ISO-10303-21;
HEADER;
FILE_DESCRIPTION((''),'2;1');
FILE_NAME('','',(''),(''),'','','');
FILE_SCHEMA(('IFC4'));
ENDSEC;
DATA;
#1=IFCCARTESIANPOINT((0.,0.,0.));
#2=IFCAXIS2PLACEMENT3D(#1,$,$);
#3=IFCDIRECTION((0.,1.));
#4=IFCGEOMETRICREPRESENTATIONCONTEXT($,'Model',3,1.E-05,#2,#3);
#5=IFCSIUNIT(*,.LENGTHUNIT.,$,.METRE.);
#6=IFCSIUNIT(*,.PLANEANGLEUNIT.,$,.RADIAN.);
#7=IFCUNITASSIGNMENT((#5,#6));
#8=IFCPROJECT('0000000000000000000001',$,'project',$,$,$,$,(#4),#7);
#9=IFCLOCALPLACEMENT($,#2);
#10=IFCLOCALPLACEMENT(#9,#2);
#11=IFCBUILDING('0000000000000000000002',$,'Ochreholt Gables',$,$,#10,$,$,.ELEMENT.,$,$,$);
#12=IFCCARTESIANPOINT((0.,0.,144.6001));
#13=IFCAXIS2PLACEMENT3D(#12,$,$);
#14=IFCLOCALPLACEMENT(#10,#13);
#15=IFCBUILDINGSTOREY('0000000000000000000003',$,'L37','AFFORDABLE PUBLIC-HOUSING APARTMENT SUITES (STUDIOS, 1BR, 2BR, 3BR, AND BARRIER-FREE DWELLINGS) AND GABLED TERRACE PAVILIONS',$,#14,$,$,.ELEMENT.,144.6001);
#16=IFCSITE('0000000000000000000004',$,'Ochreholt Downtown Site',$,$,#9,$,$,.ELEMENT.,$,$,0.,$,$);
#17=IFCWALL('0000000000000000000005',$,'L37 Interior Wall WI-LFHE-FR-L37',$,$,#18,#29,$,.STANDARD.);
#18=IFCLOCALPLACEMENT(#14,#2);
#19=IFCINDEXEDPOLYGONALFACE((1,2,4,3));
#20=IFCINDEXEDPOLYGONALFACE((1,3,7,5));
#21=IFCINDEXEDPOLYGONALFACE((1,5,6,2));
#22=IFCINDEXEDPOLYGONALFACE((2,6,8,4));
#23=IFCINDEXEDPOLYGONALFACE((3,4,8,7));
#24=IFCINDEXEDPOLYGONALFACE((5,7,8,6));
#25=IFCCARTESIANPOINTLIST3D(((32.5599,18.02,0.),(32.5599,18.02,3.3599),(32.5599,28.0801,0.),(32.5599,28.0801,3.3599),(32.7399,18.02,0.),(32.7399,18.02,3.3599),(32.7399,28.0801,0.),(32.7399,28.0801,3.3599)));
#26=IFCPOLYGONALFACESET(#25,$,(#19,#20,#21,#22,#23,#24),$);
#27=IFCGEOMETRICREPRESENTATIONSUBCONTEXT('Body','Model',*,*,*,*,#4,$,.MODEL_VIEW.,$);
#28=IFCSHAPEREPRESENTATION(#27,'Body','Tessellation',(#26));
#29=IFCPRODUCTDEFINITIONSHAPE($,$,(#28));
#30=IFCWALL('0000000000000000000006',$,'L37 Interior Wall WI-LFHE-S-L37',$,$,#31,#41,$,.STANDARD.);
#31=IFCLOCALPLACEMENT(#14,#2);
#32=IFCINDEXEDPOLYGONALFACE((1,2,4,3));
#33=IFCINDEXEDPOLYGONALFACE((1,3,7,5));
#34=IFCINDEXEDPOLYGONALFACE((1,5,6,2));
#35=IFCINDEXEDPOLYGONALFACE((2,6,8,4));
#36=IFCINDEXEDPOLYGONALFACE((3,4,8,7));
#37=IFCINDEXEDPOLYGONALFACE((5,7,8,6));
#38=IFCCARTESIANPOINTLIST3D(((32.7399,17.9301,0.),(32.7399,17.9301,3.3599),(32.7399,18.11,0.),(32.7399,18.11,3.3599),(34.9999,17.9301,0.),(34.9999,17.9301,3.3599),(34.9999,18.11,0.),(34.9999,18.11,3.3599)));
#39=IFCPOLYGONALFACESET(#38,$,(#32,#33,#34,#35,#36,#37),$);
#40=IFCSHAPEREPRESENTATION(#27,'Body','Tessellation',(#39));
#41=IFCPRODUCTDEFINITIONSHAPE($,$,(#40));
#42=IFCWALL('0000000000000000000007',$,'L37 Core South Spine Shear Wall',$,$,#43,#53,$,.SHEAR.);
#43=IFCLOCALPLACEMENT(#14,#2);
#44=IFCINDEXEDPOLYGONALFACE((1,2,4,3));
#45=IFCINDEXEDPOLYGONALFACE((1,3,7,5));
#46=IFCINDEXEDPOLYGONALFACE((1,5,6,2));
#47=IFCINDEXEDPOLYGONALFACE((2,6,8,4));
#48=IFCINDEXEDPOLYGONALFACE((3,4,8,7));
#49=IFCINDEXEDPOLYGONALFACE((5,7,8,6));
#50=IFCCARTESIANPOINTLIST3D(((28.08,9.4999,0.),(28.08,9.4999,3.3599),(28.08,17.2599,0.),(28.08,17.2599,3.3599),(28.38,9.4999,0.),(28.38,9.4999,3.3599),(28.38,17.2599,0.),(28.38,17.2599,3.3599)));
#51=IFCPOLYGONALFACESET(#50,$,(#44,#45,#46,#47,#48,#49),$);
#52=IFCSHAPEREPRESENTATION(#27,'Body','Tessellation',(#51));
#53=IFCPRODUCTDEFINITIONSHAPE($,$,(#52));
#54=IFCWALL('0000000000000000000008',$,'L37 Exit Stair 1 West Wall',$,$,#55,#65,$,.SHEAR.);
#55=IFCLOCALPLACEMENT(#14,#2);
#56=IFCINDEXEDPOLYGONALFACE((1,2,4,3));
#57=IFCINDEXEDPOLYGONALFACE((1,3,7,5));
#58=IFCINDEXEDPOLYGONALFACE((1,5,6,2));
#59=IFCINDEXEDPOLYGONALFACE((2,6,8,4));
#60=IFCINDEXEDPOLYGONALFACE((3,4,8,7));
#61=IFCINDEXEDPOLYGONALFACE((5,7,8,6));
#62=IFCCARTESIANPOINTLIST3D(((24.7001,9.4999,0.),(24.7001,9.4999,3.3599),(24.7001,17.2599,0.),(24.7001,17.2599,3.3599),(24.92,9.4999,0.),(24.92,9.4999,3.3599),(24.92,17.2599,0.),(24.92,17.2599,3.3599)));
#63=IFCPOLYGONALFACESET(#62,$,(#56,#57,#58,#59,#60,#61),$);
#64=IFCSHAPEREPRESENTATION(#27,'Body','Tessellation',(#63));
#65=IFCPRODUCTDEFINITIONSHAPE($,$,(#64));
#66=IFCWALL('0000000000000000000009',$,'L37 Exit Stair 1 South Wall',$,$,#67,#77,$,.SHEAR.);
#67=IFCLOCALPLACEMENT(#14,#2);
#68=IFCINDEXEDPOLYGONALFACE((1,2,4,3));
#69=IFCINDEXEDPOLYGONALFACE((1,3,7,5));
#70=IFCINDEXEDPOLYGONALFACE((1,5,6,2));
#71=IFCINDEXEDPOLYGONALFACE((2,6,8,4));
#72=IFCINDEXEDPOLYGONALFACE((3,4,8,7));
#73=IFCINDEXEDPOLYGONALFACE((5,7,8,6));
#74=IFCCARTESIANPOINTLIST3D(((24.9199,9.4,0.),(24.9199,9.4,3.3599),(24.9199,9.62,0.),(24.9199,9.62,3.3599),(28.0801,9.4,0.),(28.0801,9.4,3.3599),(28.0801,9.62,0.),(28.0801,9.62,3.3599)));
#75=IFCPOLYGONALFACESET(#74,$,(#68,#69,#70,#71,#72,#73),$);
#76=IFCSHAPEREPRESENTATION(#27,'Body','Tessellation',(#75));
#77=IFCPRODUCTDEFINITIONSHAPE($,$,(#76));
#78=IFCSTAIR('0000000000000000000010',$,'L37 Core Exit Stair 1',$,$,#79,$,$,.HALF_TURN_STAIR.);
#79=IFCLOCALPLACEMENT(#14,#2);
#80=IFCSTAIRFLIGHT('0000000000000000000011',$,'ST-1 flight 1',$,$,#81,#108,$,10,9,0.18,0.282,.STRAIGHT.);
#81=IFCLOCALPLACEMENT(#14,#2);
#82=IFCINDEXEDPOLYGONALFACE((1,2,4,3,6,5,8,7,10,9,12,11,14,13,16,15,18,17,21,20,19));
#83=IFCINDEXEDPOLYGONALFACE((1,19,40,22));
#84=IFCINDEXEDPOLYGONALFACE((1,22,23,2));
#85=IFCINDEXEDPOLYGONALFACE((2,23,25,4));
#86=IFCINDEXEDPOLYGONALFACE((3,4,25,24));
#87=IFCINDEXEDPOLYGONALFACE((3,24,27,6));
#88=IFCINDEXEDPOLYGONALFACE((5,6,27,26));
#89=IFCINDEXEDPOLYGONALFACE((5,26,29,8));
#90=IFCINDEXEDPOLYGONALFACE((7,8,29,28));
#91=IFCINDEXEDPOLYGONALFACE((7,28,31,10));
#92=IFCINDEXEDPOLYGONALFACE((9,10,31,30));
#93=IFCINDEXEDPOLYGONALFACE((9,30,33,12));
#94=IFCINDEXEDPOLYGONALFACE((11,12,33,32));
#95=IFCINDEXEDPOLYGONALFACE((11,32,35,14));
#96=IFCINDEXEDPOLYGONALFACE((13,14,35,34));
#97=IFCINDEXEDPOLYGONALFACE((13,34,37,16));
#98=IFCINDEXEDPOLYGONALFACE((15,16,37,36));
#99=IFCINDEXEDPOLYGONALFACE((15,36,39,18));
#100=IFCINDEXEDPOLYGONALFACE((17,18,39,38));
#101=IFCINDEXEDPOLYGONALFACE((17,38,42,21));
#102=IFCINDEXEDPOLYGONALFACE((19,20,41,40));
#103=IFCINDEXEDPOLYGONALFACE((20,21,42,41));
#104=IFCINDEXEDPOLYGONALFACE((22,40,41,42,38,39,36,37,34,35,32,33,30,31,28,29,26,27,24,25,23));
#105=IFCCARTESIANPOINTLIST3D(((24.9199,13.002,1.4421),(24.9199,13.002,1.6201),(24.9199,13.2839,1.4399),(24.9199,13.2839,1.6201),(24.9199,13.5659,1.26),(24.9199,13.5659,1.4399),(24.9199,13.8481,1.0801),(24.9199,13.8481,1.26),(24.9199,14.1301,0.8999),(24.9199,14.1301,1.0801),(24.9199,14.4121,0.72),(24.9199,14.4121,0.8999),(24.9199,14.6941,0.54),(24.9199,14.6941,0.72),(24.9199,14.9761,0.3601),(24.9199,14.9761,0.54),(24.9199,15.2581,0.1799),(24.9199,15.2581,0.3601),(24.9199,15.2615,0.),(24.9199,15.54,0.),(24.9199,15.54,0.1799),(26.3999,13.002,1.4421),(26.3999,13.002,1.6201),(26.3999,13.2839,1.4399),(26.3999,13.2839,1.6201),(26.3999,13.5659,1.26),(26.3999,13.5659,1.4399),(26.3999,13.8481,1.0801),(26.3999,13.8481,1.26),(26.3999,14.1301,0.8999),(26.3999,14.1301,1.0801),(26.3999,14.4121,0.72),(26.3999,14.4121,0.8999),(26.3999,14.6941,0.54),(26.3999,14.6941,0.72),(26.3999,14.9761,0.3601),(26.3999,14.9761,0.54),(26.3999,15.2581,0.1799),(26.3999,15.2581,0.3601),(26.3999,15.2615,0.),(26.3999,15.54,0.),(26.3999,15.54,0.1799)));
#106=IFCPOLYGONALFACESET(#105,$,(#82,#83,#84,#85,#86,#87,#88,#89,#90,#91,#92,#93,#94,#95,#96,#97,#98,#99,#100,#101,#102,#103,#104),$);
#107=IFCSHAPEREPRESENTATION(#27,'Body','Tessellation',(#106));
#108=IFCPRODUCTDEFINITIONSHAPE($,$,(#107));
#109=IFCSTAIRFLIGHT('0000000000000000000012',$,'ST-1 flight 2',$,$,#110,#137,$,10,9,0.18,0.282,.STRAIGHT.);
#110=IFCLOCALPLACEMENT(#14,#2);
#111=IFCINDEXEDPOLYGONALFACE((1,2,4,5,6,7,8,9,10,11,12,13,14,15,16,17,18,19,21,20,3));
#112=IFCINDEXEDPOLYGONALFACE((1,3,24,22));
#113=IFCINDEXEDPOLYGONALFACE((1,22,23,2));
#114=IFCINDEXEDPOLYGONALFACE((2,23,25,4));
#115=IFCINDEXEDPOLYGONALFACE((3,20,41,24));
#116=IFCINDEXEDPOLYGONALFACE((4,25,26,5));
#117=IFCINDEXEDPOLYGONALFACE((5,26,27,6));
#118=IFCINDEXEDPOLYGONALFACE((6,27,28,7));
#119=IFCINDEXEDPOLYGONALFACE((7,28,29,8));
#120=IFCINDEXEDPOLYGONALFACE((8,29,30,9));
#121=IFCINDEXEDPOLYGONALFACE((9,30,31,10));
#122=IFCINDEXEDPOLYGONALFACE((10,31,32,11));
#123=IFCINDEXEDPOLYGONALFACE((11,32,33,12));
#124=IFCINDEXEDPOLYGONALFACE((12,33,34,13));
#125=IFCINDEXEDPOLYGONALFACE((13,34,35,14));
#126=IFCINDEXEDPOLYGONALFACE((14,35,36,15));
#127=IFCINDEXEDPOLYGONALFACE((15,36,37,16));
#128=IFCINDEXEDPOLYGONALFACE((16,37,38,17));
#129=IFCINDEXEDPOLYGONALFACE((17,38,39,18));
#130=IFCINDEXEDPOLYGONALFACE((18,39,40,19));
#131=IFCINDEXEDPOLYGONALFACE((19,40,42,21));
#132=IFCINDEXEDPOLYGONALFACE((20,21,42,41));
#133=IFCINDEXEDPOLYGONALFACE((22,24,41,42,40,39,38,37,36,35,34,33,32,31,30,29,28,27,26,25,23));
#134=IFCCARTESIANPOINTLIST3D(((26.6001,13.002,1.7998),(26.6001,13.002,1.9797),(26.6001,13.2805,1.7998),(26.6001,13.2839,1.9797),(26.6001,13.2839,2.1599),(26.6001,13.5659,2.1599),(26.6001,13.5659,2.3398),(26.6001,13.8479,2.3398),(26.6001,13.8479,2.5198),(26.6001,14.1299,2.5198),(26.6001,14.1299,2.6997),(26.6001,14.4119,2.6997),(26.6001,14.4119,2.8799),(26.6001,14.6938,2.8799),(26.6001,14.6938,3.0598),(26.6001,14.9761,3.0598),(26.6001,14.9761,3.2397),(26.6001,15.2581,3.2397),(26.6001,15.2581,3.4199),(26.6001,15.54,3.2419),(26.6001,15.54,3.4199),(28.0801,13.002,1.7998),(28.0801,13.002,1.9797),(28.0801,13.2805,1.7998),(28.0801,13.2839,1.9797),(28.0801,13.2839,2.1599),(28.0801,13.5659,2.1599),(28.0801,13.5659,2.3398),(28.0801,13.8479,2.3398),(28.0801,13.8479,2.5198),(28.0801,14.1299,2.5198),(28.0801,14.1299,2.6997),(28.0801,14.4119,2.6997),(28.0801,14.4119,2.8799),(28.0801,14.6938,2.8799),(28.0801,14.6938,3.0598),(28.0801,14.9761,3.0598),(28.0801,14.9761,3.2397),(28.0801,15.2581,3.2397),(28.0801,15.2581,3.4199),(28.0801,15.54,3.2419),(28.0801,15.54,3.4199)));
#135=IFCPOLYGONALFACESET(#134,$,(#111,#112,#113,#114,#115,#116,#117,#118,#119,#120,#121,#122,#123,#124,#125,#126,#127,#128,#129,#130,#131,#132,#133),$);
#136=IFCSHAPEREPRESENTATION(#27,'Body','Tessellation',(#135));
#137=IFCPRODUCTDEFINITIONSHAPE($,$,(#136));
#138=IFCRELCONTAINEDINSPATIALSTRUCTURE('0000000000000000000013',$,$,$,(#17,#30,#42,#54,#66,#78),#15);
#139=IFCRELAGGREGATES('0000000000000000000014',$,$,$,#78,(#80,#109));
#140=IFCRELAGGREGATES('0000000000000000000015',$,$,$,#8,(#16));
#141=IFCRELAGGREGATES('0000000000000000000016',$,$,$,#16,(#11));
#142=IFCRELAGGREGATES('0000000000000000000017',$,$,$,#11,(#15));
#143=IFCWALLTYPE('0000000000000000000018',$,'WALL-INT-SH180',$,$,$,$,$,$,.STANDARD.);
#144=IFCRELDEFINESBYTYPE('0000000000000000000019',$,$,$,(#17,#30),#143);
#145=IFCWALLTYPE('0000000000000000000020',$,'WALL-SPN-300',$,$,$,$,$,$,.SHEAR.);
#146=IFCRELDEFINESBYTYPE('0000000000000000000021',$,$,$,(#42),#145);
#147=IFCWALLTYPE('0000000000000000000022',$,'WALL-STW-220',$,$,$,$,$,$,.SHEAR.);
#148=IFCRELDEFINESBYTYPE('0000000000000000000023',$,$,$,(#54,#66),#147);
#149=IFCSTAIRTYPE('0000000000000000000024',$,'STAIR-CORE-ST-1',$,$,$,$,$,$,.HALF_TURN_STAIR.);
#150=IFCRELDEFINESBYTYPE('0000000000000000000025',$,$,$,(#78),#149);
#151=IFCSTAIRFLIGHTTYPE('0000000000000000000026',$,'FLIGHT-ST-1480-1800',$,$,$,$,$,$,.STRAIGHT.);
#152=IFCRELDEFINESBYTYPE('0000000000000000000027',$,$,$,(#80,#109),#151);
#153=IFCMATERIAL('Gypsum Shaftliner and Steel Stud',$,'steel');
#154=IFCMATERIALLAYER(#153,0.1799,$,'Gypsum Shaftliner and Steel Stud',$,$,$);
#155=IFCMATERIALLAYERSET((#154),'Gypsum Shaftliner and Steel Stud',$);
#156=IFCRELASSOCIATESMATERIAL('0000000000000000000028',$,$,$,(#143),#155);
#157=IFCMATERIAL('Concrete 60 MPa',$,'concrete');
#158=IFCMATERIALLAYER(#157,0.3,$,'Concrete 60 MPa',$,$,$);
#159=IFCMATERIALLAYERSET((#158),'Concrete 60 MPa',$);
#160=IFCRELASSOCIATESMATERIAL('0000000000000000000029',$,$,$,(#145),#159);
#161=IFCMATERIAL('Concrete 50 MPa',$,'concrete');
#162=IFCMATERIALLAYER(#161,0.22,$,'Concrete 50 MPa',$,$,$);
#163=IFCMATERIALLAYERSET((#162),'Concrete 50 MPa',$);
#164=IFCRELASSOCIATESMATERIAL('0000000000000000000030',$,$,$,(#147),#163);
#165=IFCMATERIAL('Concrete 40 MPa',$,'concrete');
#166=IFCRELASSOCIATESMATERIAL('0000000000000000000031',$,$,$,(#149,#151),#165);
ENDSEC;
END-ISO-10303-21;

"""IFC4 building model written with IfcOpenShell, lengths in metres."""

from ifc_helpers import new_model, si_unit, direction, frame, frame_2d, origin, place, context, subcontext, project, spatial, polyline, rectangle, outline, extrude, material, layer, layer_set, type_object, element, aggregate, save


model = new_model("IFC4")

# Units and contexts
model_context = context("Model", 3, precision=1e-05, world=origin(), true_north=direction((0.0, 1.0)))
body_context = subcontext(model_context, "Body", "Model", "MODEL_VIEW")
ifc_project = project(units=[si_unit("LENGTHUNIT", "METRE"), si_unit("PLANEANGLEUNIT", "RADIAN")], contexts=[model_context])

# Site, building, storey
site_placement = place(None, origin())
site = spatial("IfcSite", under=ifc_project, at=site_placement, Name="Ochreholt Downtown Site", CompositionType="ELEMENT", RefElevation=0.0)
building_placement = place(site_placement, origin())
building = spatial("IfcBuilding", under=site, at=building_placement, Name="Ochreholt Gables", CompositionType="ELEMENT")
storey_placement = place(building_placement, frame((0.0, 0.0, 144.6001)))
storey = spatial("IfcBuildingStorey", under=building, at=storey_placement, Name="L37", Description="AFFORDABLE PUBLIC-HOUSING APARTMENT SUITES (STUDIOS, 1BR, 2BR, 3BR, AND BARRIER-FREE DWELLINGS) AND GABLED TERRACE PAVILIONS", CompositionType="ELEMENT", Elevation=144.6001)

# Shared definitions
ifc_material_1 = material(Name="Concrete 50 MPa", Category="concrete")

# Shared definitions
ifc_material_2 = material(Name="Concrete 60 MPa", Category="concrete")
ifc_material_3 = material(Name="Concrete 40 MPa", Category="concrete")

# Walls
ifc_material_4 = material(Name="Gypsum Shaftliner and Steel Stud", Category="steel")
ifc_layer_1 = layer(ifc_material_4, 0.1799, Name="Gypsum Shaftliner and Steel Stud")
ifc_layer_set_1 = layer_set([ifc_layer_1], Name="Gypsum Shaftliner and Steel Stud")
wall_type_1 = type_object("IfcWallType", Name="WALL-INT-SH180", PredefinedType="STANDARD", material=ifc_layer_set_1)
wall_1_placement = place(storey_placement, frame((32.6499, 18.02, 0.0), z_axis=(0.0, 0.0, 1.0), x_axis=(0.0, 1.0, 0.0)))
element("IfcWall", 1, at=wall_1_placement, inside=storey, type_object=wall_type_1, Name="L37 Interior Wall WI-LFHE-FR-L37", PredefinedType="STANDARD", context=body_context, shape_type="SweptSolid", body=[
    extrude(rectangle(XDim=10.0601, YDim=0.1799, at=frame_2d((5.03, 0.0))), origin(), (0.0, 0.0, 1.0), 3.3599),
])
wall_2_placement = place(storey_placement, frame((32.74, 18.02, 0.0), z_axis=(0.0, 0.0, 1.0), x_axis=(1.0, 0.0, 0.0)))
element("IfcWall", 2, at=wall_2_placement, inside=storey, type_object=wall_type_1, Name="L37 Interior Wall WI-LFHE-S-L37", PredefinedType="STANDARD", context=body_context, shape_type="SweptSolid", body=[
    extrude(rectangle(XDim=2.26, YDim=0.1799, at=frame_2d((1.1299, 0.0))), origin(), (0.0, 0.0, 1.0), 3.3599),
])
ifc_layer_2 = layer(ifc_material_2, 0.3, Name="Concrete 60 MPa")
ifc_layer_set_2 = layer_set([ifc_layer_2], Name="Concrete 60 MPa")
wall_type_2 = type_object("IfcWallType", Name="WALL-SPN-300", PredefinedType="SHEAR", material=ifc_layer_set_2)
wall_3_placement = place(storey_placement, frame((28.23, 9.5, 0.0), z_axis=(0.0, 0.0, 1.0), x_axis=(0.0, 1.0, 0.0)))
element("IfcWall", 3, at=wall_3_placement, inside=storey, type_object=wall_type_2, Name="L37 Core South Spine Shear Wall", PredefinedType="SHEAR", context=body_context, shape_type="SweptSolid", body=[
    extrude(rectangle(XDim=7.76, YDim=0.3, at=frame_2d((3.8799, 0.0))), origin(), (0.0, 0.0, 1.0), 3.3599),
])
ifc_layer_3 = layer(ifc_material_1, 0.22, Name="Concrete 50 MPa")
ifc_layer_set_3 = layer_set([ifc_layer_3], Name="Concrete 50 MPa")
wall_type_3 = type_object("IfcWallType", Name="WALL-STW-220", PredefinedType="SHEAR", material=ifc_layer_set_3)
wall_4_placement = place(storey_placement, frame((24.8101, 9.5, 0.0), z_axis=(0.0, 0.0, 1.0), x_axis=(0.0, 1.0, 0.0)))
element("IfcWall", 4, at=wall_4_placement, inside=storey, type_object=wall_type_3, Name="L37 Exit Stair 1 West Wall", PredefinedType="SHEAR", context=body_context, shape_type="SweptSolid", body=[
    extrude(rectangle(XDim=7.76, YDim=0.22, at=frame_2d((3.8799, 0.0))), origin(), (0.0, 0.0, 1.0), 3.3599),
])
wall_5_placement = place(storey_placement, frame((24.9199, 9.51, 0.0), z_axis=(0.0, 0.0, 1.0), x_axis=(1.0, 0.0, 0.0)))
element("IfcWall", 5, at=wall_5_placement, inside=storey, type_object=wall_type_3, Name="L37 Exit Stair 1 South Wall", PredefinedType="SHEAR", context=body_context, shape_type="SweptSolid", body=[
    extrude(rectangle(XDim=3.1602, YDim=0.22, at=frame_2d((1.5801, 0.0))), origin(), (0.0, 0.0, 1.0), 3.3599),
])

# Stair, stair flights
stair_type = type_object("IfcStairType", Name="STAIR-CORE-ST-1", PredefinedType="HALF_TURN_STAIR", material=ifc_material_3)
stair_placement = place(storey_placement, origin())
stair = element("IfcStair", 6, at=stair_placement, inside=storey, type_object=stair_type, Name="L37 Core Exit Stair 1", PredefinedType="HALF_TURN_STAIR")
stair_flight_type = type_object("IfcStairFlightType", Name="FLIGHT-ST-1480-1800", PredefinedType="STRAIGHT", material=ifc_material_3)
stair_flight_1_placement = place(storey_placement, frame((25.6599, 15.54, 0.0), z_axis=(0.0, 0.0, 1.0), x_axis=(0.0, -1.0, 0.0)))
stair_flight_1 = element("IfcStairFlight", 7, at=stair_flight_1_placement, type_object=stair_flight_type, Name="ST-1 flight 1", NumberOfRisers=10, NumberOfTreads=9, PredefinedType="STRAIGHT", RiserHeight=0.18, TreadLength=0.282, context=body_context, shape_type="SweptSolid", body=[
    extrude(outline(polyline([(0.0, 0.0), (0.0, 0.1799), (0.282, 0.1799), (0.282, 0.3601), (0.564, 0.3601), (0.564, 0.54), (0.8459, 0.54), (0.8459, 0.72), (1.1279, 0.72), (1.1279, 0.8999), (1.4099, 0.8999), (1.4099, 1.0801), (1.6919, 1.0801), (1.6919, 1.26), (1.9741, 1.26), (1.9741, 1.4399), (2.2561, 1.4399), (2.2561, 1.6201), (2.5381, 1.6201), (2.5381, 1.8), (2.5381, 1.4421), (0.2786, 0.0), (0.0, 0.0)])), frame((0.0, 0.74, 0.0), z_axis=(0.0, -1.0, 0.0), x_axis=(1.0, 0.0, 0.0)), (0.0, 0.0, 1.0), 1.48),
])
stair_flight_2_placement = place(storey_placement, frame((27.3401, 13.002, 1.7998), z_axis=(0.0, 0.0, 1.0), x_axis=(0.0, 1.0, 0.0)))
stair_flight_2 = element("IfcStairFlight", 8, at=stair_flight_2_placement, type_object=stair_flight_type, Name="ST-1 flight 2", NumberOfRisers=10, NumberOfTreads=9, PredefinedType="STRAIGHT", RiserHeight=0.18, TreadLength=0.282, context=body_context, shape_type="SweptSolid", body=[
    extrude(outline(polyline([(0.0, 0.0), (0.0, 0.1799), (0.282, 0.1799), (0.282, 0.3601), (0.564, 0.3601), (0.564, 0.54), (0.8459, 0.54), (0.8459, 0.72), (1.1279, 0.72), (1.1279, 0.8999), (1.4099, 0.8999), (1.4099, 1.0801), (1.6919, 1.0801), (1.6919, 1.26), (1.9741, 1.26), (1.9741, 1.4399), (2.2561, 1.4399), (2.2561, 1.6201), (2.5381, 1.6201), (2.5381, 1.8), (2.5381, 1.4421), (0.2786, 0.0), (0.0, 0.0)])), frame((0.0, 0.74, 0.0), z_axis=(0.0, -1.0, 0.0), x_axis=(1.0, 0.0, 0.0)), (0.0, 0.0, 1.0), 1.48),
])
aggregate(stair, [stair_flight_1, stair_flight_2])

save(model, "model.ifc")
